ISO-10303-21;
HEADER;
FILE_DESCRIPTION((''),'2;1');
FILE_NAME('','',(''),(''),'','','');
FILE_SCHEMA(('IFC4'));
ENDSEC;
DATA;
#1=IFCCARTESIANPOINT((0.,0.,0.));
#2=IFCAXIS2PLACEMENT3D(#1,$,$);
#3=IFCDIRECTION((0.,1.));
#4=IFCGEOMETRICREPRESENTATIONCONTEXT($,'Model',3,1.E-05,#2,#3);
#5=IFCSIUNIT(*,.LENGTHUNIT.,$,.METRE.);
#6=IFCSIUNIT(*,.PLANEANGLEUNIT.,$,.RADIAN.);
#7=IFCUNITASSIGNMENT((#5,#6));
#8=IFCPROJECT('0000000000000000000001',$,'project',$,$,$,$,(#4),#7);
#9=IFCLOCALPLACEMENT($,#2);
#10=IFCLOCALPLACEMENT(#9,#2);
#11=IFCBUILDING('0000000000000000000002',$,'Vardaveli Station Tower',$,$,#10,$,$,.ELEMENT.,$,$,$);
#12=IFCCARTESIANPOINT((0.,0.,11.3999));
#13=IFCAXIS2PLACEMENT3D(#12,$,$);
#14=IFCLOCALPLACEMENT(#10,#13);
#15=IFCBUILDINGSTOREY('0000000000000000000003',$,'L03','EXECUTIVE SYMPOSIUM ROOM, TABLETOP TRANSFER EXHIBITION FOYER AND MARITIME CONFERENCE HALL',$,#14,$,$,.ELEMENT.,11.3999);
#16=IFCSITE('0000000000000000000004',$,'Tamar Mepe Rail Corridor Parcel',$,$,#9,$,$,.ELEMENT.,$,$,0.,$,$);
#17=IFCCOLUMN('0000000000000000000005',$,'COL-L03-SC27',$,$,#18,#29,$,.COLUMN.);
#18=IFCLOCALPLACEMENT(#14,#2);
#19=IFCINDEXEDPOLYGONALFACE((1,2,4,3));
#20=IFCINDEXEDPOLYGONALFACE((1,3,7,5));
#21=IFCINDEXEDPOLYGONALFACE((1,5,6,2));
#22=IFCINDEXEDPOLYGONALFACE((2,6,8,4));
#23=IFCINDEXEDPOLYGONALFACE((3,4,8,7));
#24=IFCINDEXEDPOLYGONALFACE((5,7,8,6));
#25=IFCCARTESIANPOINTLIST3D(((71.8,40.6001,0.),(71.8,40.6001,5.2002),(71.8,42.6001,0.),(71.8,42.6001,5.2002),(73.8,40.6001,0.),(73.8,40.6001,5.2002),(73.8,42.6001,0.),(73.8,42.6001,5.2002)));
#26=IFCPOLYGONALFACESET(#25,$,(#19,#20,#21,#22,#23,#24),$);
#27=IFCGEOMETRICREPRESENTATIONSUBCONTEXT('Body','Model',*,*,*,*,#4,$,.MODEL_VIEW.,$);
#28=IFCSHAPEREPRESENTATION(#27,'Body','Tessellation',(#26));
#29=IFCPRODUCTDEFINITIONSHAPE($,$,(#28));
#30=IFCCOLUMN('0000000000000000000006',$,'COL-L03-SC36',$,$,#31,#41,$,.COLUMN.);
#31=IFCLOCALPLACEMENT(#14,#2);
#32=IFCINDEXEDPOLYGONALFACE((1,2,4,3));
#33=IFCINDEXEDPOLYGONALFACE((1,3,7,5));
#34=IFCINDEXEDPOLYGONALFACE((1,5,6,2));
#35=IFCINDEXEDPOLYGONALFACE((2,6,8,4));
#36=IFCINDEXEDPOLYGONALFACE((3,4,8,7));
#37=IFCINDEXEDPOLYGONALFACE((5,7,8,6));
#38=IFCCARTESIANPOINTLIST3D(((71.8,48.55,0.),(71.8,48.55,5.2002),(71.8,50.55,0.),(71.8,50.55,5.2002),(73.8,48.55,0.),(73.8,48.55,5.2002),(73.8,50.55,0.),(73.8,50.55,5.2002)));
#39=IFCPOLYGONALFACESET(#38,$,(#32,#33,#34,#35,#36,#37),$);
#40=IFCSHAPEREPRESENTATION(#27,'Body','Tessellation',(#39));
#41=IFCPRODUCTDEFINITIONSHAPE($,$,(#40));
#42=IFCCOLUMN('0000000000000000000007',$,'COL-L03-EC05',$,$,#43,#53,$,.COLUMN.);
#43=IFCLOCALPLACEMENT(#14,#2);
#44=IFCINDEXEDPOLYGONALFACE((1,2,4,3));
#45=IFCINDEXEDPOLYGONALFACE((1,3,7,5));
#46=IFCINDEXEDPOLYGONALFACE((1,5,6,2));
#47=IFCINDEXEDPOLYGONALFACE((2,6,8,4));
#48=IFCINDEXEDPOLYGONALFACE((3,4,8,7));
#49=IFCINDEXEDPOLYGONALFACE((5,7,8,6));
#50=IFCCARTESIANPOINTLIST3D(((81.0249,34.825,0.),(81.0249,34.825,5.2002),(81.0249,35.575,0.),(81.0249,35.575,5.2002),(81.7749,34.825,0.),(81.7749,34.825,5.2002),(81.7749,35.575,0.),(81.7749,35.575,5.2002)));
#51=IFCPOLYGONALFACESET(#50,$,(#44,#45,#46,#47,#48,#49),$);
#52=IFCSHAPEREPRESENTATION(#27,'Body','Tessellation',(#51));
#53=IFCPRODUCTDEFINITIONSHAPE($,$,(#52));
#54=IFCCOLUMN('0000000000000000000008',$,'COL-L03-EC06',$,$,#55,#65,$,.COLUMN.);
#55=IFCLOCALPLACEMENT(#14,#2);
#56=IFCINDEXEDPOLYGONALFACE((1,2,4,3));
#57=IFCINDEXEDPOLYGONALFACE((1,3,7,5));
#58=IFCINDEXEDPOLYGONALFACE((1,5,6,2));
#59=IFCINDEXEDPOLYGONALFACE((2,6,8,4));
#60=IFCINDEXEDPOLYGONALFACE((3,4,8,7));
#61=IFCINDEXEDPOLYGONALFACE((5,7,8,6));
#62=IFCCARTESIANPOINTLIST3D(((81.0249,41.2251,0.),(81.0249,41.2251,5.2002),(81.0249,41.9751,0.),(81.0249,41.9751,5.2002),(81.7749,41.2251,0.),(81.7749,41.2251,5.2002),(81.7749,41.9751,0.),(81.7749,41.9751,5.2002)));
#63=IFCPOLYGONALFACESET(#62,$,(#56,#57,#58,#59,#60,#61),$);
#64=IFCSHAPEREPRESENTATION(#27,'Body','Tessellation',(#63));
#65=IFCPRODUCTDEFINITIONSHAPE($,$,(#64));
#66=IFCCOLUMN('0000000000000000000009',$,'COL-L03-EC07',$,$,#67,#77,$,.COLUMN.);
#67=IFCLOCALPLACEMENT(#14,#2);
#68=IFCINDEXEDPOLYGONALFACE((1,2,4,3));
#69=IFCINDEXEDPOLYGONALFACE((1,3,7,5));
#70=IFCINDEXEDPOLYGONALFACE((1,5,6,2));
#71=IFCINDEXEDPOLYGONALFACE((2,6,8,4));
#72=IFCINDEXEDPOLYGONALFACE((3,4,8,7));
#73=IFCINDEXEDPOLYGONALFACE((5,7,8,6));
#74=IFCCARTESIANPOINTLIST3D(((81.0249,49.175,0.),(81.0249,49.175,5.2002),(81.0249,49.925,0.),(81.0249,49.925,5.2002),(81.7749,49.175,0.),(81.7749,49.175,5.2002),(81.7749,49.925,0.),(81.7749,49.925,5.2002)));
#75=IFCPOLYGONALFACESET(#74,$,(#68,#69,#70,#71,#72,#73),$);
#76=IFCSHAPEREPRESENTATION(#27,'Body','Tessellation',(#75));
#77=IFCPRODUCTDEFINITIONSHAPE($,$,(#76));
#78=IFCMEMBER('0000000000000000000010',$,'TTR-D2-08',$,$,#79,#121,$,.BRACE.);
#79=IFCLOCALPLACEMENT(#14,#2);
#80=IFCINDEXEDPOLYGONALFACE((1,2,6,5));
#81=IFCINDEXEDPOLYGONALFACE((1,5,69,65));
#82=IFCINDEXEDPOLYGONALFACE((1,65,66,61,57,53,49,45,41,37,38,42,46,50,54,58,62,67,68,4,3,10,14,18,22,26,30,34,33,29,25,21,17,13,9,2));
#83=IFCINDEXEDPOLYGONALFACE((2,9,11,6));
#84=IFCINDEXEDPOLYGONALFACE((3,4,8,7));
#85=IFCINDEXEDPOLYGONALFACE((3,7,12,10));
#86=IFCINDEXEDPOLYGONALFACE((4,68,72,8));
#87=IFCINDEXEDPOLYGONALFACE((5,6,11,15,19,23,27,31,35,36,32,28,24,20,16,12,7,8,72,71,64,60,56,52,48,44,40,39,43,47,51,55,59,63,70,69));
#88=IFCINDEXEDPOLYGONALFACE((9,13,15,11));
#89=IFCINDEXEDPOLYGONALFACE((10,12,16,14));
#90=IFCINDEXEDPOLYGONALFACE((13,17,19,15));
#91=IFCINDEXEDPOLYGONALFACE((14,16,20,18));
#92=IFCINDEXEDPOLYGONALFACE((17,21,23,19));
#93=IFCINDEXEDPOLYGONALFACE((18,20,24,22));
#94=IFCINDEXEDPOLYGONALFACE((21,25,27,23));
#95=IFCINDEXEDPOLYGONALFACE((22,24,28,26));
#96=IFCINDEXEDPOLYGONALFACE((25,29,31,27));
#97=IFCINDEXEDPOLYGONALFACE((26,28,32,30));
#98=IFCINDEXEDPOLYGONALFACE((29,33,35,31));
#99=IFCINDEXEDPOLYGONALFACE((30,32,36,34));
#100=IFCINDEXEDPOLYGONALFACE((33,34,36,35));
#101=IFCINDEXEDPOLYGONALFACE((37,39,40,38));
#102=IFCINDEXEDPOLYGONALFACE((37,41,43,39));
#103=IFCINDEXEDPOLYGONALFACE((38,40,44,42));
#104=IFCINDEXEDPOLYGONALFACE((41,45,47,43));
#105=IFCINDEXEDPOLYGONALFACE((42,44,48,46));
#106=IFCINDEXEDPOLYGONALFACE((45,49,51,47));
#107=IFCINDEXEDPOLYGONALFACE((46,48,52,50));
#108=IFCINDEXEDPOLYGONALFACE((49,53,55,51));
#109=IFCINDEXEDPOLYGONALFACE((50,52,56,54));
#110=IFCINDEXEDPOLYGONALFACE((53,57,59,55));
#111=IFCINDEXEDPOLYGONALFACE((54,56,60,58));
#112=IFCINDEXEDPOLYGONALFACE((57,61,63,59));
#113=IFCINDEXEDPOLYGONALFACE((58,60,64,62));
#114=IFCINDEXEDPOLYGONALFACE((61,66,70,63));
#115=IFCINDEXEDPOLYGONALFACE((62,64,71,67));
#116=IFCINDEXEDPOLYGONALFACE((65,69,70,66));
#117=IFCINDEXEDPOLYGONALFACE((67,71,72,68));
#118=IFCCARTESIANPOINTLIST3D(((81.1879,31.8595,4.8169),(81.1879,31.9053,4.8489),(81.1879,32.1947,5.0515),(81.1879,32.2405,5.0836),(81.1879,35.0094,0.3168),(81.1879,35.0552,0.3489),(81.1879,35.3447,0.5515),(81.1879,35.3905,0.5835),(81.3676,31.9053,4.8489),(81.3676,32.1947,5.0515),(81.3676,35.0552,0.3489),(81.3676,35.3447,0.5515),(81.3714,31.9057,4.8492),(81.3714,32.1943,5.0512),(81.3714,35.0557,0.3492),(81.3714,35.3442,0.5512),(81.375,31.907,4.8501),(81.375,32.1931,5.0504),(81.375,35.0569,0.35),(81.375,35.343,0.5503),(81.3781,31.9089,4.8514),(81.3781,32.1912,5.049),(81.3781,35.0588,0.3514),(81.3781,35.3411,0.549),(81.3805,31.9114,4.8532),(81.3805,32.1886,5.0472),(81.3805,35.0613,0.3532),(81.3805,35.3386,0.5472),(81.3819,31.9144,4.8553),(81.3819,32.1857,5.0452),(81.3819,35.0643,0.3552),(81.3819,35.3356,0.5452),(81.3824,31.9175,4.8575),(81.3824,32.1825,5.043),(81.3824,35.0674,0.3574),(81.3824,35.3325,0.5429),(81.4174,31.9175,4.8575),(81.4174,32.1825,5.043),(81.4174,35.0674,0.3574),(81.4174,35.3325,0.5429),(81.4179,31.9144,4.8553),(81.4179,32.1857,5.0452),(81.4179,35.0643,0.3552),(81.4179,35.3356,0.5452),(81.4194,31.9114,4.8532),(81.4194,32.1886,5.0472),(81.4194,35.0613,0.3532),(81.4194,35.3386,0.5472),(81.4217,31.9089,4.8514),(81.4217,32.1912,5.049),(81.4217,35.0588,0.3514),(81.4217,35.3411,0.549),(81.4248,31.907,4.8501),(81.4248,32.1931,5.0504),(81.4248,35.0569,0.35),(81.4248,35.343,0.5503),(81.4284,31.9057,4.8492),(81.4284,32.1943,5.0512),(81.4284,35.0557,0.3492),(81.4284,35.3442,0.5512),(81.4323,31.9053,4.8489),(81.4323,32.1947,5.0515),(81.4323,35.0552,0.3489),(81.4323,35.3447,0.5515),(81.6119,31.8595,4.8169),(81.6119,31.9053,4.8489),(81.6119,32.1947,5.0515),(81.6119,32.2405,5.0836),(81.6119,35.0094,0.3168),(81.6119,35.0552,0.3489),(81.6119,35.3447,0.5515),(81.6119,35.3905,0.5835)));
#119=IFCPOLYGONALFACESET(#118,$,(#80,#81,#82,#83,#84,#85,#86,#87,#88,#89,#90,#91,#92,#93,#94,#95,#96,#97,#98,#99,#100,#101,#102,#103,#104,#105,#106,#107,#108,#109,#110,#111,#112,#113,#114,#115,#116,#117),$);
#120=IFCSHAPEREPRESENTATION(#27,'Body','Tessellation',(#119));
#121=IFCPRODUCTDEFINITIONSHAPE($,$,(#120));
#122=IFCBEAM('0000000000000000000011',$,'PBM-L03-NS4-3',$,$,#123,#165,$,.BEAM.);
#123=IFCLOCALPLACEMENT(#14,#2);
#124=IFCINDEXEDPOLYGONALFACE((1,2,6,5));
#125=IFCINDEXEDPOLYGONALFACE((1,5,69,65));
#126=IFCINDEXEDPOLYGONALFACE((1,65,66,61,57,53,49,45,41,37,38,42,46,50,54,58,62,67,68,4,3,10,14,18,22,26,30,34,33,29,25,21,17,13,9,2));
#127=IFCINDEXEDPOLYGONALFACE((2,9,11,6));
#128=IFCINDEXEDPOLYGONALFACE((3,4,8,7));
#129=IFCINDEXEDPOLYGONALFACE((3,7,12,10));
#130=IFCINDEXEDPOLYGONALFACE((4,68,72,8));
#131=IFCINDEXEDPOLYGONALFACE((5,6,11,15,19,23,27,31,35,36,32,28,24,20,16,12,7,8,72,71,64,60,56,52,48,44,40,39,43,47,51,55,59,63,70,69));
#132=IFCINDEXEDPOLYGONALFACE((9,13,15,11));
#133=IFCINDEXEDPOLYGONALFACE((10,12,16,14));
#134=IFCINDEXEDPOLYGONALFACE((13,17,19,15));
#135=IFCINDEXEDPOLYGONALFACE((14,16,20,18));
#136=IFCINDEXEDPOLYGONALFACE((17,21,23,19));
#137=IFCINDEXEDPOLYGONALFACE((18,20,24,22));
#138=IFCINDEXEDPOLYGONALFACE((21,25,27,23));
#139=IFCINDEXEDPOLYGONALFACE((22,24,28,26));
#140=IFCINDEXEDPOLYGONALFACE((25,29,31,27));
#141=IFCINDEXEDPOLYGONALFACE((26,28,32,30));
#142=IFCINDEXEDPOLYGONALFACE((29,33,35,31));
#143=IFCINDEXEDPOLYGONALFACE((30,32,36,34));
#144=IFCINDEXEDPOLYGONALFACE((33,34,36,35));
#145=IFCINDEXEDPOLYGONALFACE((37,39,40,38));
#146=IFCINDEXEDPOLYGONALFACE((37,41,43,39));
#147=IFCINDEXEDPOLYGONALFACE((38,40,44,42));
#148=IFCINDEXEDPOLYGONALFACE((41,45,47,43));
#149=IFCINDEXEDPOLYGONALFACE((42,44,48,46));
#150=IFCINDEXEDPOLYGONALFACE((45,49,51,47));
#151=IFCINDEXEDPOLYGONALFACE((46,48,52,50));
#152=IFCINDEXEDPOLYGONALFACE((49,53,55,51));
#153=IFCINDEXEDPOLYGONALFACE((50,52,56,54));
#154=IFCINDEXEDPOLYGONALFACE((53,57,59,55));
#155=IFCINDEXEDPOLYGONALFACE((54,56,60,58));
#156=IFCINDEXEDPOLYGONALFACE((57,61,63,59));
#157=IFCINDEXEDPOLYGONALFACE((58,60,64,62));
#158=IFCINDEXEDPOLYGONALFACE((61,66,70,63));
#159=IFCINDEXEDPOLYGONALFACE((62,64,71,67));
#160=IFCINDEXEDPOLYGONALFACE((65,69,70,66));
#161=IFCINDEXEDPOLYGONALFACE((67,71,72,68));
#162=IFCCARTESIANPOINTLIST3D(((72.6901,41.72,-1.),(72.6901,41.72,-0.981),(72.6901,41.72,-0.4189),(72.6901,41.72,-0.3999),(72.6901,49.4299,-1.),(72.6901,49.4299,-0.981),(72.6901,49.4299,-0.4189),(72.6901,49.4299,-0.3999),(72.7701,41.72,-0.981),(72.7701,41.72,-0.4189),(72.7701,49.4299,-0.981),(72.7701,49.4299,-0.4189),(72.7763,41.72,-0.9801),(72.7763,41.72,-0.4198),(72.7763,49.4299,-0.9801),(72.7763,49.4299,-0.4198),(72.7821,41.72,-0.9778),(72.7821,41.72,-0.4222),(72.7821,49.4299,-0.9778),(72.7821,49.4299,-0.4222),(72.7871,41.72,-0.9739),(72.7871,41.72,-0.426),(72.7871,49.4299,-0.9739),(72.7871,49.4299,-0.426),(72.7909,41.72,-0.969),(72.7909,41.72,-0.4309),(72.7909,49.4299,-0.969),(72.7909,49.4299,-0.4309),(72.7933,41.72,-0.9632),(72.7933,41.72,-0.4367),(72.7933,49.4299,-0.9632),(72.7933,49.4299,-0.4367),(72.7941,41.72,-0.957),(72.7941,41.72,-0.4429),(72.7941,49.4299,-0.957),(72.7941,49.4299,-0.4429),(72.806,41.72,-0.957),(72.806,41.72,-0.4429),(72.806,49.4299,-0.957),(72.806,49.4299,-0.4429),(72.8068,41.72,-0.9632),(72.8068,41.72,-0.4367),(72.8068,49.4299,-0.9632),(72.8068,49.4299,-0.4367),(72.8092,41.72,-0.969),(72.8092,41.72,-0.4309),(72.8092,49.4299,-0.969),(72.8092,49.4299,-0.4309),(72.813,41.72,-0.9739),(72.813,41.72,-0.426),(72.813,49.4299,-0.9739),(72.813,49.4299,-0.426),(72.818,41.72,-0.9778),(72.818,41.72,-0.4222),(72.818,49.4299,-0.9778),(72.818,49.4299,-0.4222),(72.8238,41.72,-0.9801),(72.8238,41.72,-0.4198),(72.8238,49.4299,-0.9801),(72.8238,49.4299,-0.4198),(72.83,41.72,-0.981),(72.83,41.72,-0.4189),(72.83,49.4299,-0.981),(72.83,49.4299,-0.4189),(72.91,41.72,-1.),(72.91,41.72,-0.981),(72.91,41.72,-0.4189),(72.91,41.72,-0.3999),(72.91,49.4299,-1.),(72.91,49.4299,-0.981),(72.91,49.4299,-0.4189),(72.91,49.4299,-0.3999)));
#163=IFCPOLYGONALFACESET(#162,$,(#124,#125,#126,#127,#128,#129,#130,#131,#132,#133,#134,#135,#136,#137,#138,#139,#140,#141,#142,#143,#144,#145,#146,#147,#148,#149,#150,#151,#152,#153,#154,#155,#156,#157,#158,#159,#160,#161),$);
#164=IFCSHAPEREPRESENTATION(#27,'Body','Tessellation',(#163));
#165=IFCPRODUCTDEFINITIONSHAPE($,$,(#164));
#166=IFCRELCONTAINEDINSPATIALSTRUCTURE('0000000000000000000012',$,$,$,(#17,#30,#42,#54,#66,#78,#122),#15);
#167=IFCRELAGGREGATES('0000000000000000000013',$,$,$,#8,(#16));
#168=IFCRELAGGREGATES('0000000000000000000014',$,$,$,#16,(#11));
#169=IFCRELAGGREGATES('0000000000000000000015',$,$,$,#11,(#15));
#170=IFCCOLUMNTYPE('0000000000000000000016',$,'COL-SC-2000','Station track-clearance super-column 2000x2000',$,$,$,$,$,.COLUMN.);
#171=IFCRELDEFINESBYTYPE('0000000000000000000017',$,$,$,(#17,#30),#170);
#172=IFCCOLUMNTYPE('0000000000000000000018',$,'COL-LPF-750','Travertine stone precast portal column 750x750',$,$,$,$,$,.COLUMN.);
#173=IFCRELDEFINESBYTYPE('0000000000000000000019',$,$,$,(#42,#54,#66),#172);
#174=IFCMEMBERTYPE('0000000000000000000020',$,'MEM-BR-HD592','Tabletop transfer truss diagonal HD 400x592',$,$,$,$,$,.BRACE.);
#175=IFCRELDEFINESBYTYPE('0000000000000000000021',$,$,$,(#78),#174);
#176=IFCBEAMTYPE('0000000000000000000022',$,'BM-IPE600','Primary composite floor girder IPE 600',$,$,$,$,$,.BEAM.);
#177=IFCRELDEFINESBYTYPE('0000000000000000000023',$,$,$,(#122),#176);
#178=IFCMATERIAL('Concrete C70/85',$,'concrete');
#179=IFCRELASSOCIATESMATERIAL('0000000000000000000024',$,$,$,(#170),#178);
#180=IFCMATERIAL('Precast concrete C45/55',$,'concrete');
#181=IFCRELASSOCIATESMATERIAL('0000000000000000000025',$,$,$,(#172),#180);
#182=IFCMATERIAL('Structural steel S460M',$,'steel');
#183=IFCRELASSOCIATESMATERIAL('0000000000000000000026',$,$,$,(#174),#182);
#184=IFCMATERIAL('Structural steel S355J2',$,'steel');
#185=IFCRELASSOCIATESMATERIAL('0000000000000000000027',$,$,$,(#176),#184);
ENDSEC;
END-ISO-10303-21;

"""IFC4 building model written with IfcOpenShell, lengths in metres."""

from ifc_helpers import new_model, si_unit, direction, frame, origin, origin_2d, place, context, subcontext, project, spatial, rectangle, i_section, extrude, source, transform, mapped, material, material_profile, profile_set, type_object, element, save


model = new_model("IFC4")

# Units and contexts
model_context = context("Model", 3, precision=1e-05, world=origin(), true_north=direction((0.0, 1.0)))
body_context = subcontext(model_context, "Body", "Model", "MODEL_VIEW")
ifc_project = project(units=[si_unit("LENGTHUNIT", "METRE"), si_unit("PLANEANGLEUNIT", "RADIAN")], contexts=[model_context])

# Site, building, storey
site_placement = place(None, origin())
site = spatial("IfcSite", under=ifc_project, at=site_placement, Name="Tamar Mepe Rail Corridor Parcel", CompositionType="ELEMENT", RefElevation=0.0)
building_placement = place(site_placement, origin())
building = spatial("IfcBuilding", under=site, at=building_placement, Name="Vardaveli Station Tower", CompositionType="ELEMENT")
storey_placement = place(building_placement, frame((0.0, 0.0, 11.3999)))
storey = spatial("IfcBuildingStorey", under=building, at=storey_placement, Name="L03", Description="EXECUTIVE SYMPOSIUM ROOM, TABLETOP TRANSFER EXHIBITION FOYER AND MARITIME CONFERENCE HALL", CompositionType="ELEMENT", Elevation=11.3999)

# Columns
ifc_material_1 = material(Name="Concrete C70/85", Category="concrete")
ifc_material_profile_1 = material_profile(ifc_material_1, rectangle(XDim=2.0, YDim=2.0, at=origin_2d()), Name="SC 2000x2000")
ifc_profile_set_1 = profile_set([ifc_material_profile_1], Name="Concrete C70/85")
column_type_1 = type_object("IfcColumnType", Name="COL-SC-2000", Description="Station track-clearance super-column 2000x2000", PredefinedType="COLUMN", material=ifc_profile_set_1)
shared_shape_1 = source(origin(), body_context, "Body", "SweptSolid", [
    extrude(rectangle(XDim=2.0, YDim=2.0, at=origin_2d()), origin(), (0.0, 0.0, 1.0), 5.2002),
])
for number, where, z_axis, x_axis, name in (
    (1, (72.8, 41.6001, 0.0), (0.0, 0.0, 1.0), (1.0, 0.0, 0.0), "COL-L03-SC27"),
    (2, (72.8, 49.55, 0.0), (0.0, 0.0, 1.0), (1.0, 0.0, 0.0), "COL-L03-SC36"),
):
    element("IfcColumn", number, at=place(storey_placement, frame(where, z_axis=z_axis, x_axis=x_axis)), inside=storey, type_object=column_type_1, Name=name, PredefinedType="COLUMN", context=body_context, shape_type="MappedRepresentation", body=[
        mapped(shared_shape_1, transform((0.0, 0.0, 0.0), scale=1.0)),
    ])
ifc_material_2 = material(Name="Precast concrete C45/55", Category="concrete")
ifc_material_profile_2 = material_profile(ifc_material_2, rectangle(XDim=0.75, YDim=0.75, at=origin_2d()), Name="LPF 750x750")
ifc_profile_set_2 = profile_set([ifc_material_profile_2], Name="Precast concrete C45/55")
column_type_2 = type_object("IfcColumnType", Name="COL-LPF-750", Description="Travertine stone precast portal column 750x750", PredefinedType="COLUMN", material=ifc_profile_set_2)
shared_shape_2 = source(origin(), body_context, "Body", "SweptSolid", [
    extrude(rectangle(XDim=0.75, YDim=0.75, at=origin_2d()), origin(), (0.0, 0.0, 1.0), 5.2002),
])
for number, where, z_axis, x_axis, name in (
    (3, (81.3999, 35.2, 0.0), (0.0, 0.0, 1.0), (1.0, 0.0, 0.0), "COL-L03-EC05"),
    (4, (81.3999, 41.6001, 0.0), (0.0, 0.0, 1.0), (1.0, 0.0, 0.0), "COL-L03-EC06"),
    (5, (81.3999, 49.55, 0.0), (0.0, 0.0, 1.0), (1.0, 0.0, 0.0), "COL-L03-EC07"),
):
    element("IfcColumn", number, at=place(storey_placement, frame(where, z_axis=z_axis, x_axis=x_axis)), inside=storey, type_object=column_type_2, Name=name, PredefinedType="COLUMN", context=body_context, shape_type="MappedRepresentation", body=[
        mapped(shared_shape_2, transform((0.0, 0.0, 0.0), scale=1.0)),
    ])

# Member
ifc_material_3 = material(Name="Structural steel S460M", Category="steel")
ifc_material_profile_3 = material_profile(ifc_material_3, i_section(OverallWidth=0.4241, OverallDepth=0.4651, WebThickness=0.0349, FlangeThickness=0.0559, FilletRadius=0.0149, at=origin_2d()), Name="HD 400x592")
ifc_profile_set_3 = profile_set([ifc_material_profile_3], Name="Structural steel S460M")
member_type = type_object("IfcMemberType", Name="MEM-BR-HD592", Description="Tabletop transfer truss diagonal HD 400x592", PredefinedType="BRACE", material=ifc_profile_set_3)
shared_shape_3 = source(origin(), body_context, "Body", "SweptSolid", [
    extrude(i_section(OverallWidth=0.4241, OverallDepth=0.4651, WebThickness=0.0349, FlangeThickness=0.0559, FilletRadius=0.0149, at=origin_2d()), origin(), (0.0, 0.0, 1.0), 5.4929),
])
member_placement = place(storey_placement, frame((81.3999, 35.2, 0.4502), z_axis=(0.0, -0.57345, 0.81924), x_axis=(1.0, 0.0, 0.0)))
element("IfcMember", 6, at=member_placement, inside=storey, type_object=member_type, Name="TTR-D2-08", PredefinedType="BRACE", context=body_context, shape_type="MappedRepresentation", body=[
    mapped(shared_shape_3, transform((0.0, 0.0, 0.0), scale=1.0)),
])

# Beam
ifc_material_4 = material(Name="Structural steel S355J2", Category="steel")
ifc_material_profile_4 = material_profile(ifc_material_4, i_section(OverallWidth=0.22, OverallDepth=0.6001, WebThickness=0.012, FlangeThickness=0.019, FilletRadius=0.0239, at=origin_2d()), Name="IPE 600")
ifc_profile_set_4 = profile_set([ifc_material_profile_4], Name="Structural steel S355J2")
beam_type_1 = type_object("IfcBeamType", Name="BM-IPE600", Description="Primary composite floor girder IPE 600", PredefinedType="BEAM", material=ifc_profile_set_4)
shared_shape_4 = source(origin(), body_context, "Body", "SweptSolid", [
    extrude(i_section(OverallWidth=0.22, OverallDepth=0.6001, WebThickness=0.012, FlangeThickness=0.019, FilletRadius=0.0239, at=origin_2d()), origin(), (0.0, 0.0, 1.0), 7.71),
])
for number, where, z_axis, x_axis, name in (
    (7, (72.8, 41.72, -0.7), (0.0, 1.0, 0.0), (-1.0, 0.0, 0.0), "PBM-L03-NS4-3"),
):
    element("IfcBeam", number, at=place(storey_placement, frame(where, z_axis=z_axis, x_axis=x_axis)), inside=storey, type_object=beam_type_1, Name=name, PredefinedType="BEAM", context=body_context, shape_type="MappedRepresentation", body=[
        mapped(shared_shape_4, transform((0.0, 0.0, 0.0), scale=1.0)),
    ])

save(model, "model.ifc")
